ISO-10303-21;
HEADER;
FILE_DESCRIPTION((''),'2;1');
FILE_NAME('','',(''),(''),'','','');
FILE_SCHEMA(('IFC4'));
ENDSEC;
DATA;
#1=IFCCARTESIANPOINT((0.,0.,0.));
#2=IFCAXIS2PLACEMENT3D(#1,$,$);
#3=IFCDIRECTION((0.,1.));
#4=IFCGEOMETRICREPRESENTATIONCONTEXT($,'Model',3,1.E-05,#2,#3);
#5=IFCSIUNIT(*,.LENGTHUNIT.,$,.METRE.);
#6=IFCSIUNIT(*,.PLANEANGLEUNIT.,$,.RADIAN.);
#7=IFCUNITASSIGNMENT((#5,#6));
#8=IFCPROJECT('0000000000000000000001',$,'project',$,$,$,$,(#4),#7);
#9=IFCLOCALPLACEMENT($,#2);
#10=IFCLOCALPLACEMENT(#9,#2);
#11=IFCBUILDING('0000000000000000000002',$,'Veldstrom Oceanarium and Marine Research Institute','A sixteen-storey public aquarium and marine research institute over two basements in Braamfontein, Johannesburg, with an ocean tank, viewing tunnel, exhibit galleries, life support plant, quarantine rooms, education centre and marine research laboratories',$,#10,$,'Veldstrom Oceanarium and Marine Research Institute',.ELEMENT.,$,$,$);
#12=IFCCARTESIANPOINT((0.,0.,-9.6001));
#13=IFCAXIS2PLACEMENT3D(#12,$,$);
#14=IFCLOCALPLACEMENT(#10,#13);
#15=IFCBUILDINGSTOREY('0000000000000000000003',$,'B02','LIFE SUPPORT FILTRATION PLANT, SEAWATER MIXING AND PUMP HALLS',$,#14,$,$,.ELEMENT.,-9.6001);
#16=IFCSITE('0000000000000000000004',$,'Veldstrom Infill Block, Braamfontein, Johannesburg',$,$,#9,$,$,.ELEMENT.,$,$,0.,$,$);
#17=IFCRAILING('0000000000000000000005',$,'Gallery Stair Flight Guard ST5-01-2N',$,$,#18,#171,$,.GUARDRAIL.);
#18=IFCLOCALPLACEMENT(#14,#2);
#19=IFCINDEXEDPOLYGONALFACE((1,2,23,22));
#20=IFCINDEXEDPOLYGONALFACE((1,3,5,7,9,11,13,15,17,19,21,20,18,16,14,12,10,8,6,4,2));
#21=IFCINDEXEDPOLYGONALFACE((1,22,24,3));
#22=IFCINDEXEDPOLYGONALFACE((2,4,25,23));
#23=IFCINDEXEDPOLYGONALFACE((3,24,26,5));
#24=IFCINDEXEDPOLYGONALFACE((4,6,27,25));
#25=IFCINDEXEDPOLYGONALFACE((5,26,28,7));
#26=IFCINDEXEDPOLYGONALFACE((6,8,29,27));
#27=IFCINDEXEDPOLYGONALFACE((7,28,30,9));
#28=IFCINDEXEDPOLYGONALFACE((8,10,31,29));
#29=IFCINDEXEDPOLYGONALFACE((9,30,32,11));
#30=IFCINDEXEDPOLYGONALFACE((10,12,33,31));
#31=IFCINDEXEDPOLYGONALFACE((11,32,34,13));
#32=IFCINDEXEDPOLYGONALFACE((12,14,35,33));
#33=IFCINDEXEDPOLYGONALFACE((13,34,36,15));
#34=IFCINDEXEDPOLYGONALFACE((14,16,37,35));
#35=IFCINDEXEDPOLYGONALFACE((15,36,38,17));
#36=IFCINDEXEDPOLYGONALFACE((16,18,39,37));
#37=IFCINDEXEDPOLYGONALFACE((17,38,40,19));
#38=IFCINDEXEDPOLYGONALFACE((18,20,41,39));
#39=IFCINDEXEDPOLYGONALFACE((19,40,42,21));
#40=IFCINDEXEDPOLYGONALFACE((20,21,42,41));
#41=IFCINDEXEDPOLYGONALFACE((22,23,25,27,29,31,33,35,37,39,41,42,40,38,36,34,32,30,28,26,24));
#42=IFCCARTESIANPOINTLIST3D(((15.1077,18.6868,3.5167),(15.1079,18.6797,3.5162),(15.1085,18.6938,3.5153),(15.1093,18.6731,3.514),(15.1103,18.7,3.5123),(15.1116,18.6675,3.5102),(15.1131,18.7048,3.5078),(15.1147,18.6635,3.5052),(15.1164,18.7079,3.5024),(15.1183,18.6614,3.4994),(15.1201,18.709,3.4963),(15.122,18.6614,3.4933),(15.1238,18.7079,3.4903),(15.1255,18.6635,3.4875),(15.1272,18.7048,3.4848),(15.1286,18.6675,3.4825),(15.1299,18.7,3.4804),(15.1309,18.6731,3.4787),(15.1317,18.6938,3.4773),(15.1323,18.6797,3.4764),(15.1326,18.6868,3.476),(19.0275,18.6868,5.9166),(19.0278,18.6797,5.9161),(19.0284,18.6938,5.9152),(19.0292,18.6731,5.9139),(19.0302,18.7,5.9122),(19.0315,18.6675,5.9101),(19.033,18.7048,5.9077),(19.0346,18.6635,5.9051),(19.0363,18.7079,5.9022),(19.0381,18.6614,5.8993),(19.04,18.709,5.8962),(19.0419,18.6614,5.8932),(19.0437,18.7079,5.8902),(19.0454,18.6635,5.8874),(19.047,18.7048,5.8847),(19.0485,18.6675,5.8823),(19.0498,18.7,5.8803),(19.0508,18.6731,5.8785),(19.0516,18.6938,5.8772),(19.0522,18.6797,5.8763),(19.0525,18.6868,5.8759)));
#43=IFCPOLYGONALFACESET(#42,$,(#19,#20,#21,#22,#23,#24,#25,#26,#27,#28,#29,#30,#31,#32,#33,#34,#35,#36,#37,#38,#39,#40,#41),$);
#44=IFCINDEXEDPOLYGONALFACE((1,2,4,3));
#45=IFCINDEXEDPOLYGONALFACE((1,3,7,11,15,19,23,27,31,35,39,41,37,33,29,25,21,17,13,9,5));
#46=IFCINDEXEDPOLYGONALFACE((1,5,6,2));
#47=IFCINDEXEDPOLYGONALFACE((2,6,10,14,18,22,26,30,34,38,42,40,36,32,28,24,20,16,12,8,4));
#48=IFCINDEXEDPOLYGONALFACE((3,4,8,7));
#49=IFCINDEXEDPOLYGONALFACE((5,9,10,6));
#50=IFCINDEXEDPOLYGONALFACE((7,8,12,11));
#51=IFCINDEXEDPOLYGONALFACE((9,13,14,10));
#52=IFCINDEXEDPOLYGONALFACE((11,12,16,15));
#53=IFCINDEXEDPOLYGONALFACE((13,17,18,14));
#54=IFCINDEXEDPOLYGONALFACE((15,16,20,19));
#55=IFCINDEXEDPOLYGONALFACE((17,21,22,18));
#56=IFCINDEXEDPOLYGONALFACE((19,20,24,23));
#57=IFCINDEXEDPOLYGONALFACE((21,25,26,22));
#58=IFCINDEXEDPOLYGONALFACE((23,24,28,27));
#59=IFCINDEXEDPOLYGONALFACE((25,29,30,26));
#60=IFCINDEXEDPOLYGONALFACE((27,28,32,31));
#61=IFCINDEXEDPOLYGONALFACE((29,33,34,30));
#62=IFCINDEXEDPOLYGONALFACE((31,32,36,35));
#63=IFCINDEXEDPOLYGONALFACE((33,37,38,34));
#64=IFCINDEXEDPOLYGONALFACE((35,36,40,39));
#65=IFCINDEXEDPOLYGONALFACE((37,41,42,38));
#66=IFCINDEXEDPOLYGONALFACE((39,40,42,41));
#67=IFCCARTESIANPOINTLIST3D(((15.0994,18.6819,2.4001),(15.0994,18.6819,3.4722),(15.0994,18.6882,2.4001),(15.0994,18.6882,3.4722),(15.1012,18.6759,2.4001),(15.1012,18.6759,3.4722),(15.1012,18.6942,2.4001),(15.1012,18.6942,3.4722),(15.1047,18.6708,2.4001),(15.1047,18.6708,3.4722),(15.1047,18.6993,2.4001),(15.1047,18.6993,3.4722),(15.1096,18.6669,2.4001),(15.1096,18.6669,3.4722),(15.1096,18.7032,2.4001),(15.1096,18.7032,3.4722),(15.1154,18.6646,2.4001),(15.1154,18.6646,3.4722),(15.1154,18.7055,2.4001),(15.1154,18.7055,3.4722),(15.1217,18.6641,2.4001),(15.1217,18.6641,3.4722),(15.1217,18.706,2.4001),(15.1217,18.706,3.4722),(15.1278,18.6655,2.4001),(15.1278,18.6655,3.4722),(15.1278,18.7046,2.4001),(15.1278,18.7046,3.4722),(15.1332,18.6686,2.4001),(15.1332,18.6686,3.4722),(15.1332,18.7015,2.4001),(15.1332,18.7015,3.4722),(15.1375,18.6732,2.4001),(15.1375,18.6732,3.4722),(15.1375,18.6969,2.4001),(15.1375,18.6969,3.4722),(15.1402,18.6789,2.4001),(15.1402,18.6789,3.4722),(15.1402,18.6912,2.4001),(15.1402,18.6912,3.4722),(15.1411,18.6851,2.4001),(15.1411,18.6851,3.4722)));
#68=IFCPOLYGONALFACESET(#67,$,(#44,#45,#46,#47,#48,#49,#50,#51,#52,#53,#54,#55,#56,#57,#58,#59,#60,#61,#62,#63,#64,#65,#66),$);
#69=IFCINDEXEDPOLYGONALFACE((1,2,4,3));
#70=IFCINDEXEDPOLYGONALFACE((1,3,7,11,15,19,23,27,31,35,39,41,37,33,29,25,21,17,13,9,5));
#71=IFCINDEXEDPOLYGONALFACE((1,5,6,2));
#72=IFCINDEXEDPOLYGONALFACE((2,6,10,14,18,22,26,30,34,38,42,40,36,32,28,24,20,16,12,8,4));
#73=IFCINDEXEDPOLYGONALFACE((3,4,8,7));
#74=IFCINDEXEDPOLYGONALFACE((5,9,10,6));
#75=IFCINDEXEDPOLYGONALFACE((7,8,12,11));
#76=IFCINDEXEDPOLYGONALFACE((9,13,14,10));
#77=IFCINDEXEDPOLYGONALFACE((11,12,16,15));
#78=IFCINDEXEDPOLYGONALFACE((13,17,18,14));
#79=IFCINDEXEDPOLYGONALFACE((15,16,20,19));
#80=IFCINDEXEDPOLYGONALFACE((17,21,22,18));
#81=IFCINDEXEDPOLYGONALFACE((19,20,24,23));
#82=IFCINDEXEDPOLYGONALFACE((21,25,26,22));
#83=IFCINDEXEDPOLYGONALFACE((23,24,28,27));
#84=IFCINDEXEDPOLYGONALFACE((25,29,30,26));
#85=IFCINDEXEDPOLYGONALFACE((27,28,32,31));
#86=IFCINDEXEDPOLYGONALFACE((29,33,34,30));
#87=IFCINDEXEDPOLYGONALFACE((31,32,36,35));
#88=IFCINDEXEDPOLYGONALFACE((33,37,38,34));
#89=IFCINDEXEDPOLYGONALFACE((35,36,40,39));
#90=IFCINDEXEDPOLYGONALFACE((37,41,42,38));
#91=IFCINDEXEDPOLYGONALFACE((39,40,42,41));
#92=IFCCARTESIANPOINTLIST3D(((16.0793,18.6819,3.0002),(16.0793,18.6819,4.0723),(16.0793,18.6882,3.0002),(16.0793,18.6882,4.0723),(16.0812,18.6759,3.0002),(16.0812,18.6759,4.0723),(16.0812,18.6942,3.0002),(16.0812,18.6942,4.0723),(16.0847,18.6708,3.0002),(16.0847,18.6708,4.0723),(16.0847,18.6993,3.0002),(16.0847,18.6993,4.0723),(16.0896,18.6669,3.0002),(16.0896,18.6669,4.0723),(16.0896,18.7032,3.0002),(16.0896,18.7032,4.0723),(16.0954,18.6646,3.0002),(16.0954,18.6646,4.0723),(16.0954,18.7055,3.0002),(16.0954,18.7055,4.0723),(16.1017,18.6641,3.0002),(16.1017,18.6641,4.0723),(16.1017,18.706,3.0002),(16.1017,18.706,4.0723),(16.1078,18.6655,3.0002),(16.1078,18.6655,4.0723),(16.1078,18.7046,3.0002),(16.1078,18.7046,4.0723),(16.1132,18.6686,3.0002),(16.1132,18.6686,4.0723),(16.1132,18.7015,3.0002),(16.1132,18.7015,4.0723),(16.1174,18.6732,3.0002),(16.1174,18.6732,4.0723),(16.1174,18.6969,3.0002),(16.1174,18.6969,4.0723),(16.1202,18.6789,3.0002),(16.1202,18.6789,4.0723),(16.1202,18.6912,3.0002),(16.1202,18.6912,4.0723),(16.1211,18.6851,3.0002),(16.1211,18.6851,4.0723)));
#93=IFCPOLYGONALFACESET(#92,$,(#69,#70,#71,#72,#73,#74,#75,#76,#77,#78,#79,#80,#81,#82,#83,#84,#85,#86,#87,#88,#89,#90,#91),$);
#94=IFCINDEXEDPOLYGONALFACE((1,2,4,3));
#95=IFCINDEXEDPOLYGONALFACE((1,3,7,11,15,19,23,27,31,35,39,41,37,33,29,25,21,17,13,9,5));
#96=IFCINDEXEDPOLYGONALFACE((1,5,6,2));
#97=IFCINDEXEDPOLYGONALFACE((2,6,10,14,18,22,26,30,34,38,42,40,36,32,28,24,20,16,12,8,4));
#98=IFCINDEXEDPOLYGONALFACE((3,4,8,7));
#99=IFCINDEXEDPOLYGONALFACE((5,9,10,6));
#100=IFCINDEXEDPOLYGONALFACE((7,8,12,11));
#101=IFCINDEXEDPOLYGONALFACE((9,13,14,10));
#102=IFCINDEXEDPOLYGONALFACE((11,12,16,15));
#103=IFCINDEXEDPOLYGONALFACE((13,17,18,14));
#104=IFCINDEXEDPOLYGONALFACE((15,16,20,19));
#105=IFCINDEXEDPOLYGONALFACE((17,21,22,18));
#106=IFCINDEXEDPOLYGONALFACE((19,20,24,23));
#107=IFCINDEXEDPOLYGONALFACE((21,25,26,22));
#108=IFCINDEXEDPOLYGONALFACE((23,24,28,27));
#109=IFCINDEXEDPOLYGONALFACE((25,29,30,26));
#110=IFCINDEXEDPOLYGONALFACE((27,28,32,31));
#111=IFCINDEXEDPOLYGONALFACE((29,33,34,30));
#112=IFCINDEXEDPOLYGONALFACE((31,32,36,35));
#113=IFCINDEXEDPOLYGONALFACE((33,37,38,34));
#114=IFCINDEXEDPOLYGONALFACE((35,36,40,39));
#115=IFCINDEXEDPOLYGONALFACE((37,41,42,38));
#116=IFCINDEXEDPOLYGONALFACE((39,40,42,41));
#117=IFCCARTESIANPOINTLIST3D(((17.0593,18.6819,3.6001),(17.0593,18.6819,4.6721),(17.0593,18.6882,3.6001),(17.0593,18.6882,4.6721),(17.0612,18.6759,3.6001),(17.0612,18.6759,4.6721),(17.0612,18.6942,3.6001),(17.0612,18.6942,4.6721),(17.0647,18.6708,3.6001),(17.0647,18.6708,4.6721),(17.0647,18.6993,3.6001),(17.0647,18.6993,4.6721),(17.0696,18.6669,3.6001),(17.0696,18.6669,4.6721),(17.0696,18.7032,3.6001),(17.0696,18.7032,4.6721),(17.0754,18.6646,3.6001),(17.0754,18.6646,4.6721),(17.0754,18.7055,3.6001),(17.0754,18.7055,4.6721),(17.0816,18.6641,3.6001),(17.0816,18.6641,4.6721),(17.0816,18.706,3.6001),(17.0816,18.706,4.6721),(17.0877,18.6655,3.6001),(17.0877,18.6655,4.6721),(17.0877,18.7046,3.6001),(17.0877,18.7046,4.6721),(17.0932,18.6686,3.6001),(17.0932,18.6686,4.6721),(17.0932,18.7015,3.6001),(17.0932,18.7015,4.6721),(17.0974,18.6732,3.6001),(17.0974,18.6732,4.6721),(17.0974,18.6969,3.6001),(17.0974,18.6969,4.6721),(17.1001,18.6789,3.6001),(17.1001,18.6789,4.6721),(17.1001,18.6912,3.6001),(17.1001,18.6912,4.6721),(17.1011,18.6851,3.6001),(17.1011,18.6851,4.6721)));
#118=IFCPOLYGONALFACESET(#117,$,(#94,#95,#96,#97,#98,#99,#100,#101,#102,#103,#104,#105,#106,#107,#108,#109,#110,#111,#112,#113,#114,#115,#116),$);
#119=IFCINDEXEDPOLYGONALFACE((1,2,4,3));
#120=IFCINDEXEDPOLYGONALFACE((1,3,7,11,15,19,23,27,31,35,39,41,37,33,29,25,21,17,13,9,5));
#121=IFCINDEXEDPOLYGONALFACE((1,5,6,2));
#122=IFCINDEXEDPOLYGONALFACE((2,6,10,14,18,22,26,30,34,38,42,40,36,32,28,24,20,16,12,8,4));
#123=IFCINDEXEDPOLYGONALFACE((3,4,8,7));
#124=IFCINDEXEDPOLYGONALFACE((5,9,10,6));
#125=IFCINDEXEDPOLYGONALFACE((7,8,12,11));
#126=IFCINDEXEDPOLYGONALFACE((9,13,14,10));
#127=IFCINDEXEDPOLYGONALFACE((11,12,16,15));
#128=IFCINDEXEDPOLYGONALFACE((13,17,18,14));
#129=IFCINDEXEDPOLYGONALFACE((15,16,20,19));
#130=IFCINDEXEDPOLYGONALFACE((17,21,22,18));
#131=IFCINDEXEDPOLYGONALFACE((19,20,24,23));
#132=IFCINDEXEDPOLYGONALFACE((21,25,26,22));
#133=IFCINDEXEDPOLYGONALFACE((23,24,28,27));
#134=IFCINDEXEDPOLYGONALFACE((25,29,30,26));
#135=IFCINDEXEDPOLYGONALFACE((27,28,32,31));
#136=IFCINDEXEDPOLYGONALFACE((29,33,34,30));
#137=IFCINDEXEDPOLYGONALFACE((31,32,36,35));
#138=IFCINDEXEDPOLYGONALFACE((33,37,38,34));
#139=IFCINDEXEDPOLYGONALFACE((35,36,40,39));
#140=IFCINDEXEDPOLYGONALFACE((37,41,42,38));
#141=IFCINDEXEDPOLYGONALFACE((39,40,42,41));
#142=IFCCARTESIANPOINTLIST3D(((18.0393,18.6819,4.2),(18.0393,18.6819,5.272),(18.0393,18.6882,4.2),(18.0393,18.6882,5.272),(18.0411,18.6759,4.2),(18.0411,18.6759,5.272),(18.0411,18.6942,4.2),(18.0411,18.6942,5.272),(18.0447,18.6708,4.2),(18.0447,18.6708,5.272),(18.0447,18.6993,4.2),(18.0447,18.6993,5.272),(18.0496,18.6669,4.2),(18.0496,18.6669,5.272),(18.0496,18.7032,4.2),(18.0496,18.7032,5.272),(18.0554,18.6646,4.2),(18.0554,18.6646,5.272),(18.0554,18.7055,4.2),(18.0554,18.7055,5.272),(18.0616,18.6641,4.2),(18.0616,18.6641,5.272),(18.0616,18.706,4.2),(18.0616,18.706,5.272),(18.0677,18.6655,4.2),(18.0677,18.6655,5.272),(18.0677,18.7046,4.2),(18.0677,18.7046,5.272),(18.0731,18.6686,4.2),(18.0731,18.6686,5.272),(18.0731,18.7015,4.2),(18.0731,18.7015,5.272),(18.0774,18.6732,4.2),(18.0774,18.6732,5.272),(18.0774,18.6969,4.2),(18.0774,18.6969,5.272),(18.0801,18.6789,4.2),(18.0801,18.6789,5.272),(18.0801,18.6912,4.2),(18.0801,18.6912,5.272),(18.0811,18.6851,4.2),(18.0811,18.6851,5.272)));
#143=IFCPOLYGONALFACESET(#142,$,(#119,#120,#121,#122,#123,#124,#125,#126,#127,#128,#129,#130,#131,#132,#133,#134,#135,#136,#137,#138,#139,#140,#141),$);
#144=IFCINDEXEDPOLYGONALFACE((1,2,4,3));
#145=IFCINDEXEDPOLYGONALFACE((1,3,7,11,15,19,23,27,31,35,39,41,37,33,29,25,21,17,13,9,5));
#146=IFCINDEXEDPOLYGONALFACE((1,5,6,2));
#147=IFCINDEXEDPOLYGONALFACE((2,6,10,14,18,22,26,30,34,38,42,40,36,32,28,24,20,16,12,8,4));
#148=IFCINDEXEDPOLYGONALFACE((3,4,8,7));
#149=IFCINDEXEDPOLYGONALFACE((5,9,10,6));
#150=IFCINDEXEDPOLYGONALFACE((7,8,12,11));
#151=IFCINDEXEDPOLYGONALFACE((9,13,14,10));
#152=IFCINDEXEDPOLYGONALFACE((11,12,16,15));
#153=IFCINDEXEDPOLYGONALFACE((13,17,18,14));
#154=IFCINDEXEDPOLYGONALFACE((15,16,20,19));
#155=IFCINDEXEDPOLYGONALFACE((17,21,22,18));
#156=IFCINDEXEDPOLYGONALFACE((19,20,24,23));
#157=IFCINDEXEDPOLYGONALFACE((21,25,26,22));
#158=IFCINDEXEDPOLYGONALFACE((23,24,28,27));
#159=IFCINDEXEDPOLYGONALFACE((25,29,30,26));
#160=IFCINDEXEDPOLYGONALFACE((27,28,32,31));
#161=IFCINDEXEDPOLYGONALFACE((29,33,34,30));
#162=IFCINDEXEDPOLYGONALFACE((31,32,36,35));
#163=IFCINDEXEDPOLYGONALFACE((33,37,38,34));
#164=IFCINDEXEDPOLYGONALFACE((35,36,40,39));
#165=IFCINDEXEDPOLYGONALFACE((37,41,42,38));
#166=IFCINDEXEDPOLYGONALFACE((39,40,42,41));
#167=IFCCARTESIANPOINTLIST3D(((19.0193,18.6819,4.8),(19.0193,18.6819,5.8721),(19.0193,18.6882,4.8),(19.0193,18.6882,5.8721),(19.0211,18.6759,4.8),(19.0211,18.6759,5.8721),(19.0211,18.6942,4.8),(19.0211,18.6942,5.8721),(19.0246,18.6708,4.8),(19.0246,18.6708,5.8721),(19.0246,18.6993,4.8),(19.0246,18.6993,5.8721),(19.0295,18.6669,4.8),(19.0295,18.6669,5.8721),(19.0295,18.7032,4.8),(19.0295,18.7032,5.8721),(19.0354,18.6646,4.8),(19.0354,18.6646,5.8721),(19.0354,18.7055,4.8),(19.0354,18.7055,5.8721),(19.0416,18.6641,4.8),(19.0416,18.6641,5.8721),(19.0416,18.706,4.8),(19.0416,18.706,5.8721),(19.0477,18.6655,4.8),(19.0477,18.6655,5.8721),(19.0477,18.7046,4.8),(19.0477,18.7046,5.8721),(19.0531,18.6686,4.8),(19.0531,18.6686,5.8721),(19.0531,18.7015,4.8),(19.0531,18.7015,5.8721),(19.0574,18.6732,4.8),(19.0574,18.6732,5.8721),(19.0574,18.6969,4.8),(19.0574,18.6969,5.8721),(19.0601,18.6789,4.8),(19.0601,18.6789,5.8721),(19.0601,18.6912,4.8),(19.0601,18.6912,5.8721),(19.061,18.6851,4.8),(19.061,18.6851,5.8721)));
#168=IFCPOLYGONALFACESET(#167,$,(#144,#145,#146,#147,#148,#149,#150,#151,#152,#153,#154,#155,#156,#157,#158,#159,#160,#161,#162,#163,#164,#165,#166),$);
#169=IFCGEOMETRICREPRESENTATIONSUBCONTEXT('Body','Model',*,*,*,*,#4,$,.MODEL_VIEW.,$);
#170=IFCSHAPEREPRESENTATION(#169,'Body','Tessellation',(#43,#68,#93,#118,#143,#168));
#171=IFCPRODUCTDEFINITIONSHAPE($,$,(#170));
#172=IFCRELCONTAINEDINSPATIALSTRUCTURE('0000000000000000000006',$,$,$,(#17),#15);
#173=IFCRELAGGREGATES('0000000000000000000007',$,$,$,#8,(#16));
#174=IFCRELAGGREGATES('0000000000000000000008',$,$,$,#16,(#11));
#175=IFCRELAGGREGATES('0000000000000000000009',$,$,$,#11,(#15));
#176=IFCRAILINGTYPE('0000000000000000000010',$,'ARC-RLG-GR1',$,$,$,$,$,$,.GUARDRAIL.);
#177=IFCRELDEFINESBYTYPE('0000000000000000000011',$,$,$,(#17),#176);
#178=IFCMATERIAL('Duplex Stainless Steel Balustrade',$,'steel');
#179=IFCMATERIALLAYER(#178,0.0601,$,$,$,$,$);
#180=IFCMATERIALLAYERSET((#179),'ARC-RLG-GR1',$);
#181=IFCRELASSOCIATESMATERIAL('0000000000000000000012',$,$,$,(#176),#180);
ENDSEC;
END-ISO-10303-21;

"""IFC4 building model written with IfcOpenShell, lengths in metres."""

from ifc_helpers import new_model, si_unit, direction, frame, origin, origin_2d, place, context, subcontext, project, spatial, circle, extrude, material, layer, layer_set, type_object, element, save


model = new_model("IFC4")

# Units and contexts
model_context = context("Model", 3, precision=1e-05, world=origin(), true_north=direction((0.0, 1.0)))
body_context = subcontext(model_context, "Body", "Model", "MODEL_VIEW")
ifc_project = project(units=[si_unit("LENGTHUNIT", "METRE"), si_unit("PLANEANGLEUNIT", "RADIAN")], contexts=[model_context])

# Site, building, storey
site_placement = place(None, origin())
site = spatial("IfcSite", under=ifc_project, at=site_placement, Name="Veldstrom Infill Block, Braamfontein, Johannesburg", CompositionType="ELEMENT", RefElevation=0.0)
building_placement = place(site_placement, origin())
building = spatial("IfcBuilding", under=site, at=building_placement, Name="Veldstrom Oceanarium and Marine Research Institute", Description="A sixteen-storey public aquarium and marine research institute over two basements in Braamfontein, Johannesburg, with an ocean tank, viewing tunnel, exhibit galleries, life support plant, quarantine rooms, education centre and marine research laboratories", LongName="Veldstrom Oceanarium and Marine Research Institute", CompositionType="ELEMENT")
storey_placement = place(building_placement, frame((0.0, 0.0, -9.6001)))
storey = spatial("IfcBuildingStorey", under=building, at=storey_placement, Name="B02", Description="LIFE SUPPORT FILTRATION PLANT, SEAWATER MIXING AND PUMP HALLS", CompositionType="ELEMENT", Elevation=-9.6001)

# Railing
ifc_material_1 = material(Name="Duplex Stainless Steel Balustrade", Category="steel")
ifc_layer_1 = layer(ifc_material_1, 0.0601)
ifc_layer_set_1 = layer_set([ifc_layer_1], Name="ARC-RLG-GR1")
railing_type = type_object("IfcRailingType", Name="ARC-RLG-GR1", PredefinedType="GUARDRAIL", material=ifc_layer_set_1)
for number, where, name in (
    (1, (15.1201, 18.6851, 2.4001), "Gallery Stair Flight Guard ST5-01-2N"),
):
    element("IfcRailing", number, at=place(storey_placement, frame(where)), inside=storey, type_object=railing_type, Name=name, PredefinedType="GUARDRAIL", context=body_context, shape_type="SweptSolid", body=[
        extrude(circle(Radius=0.0239, at=origin_2d()), frame((0.0, 0.0, 1.0962), z_axis=(0.852856, 0.0, 0.522146), x_axis=(0.0, 1.0, 0.0)), (0.0, 0.0, 1.0), 4.5962),
        extrude(circle(Radius=0.021, at=origin_2d()), origin(), (0.0, 0.0, 1.0), 1.072),
        extrude(circle(Radius=0.021, at=origin_2d()), frame((0.98, 0.0, 0.6001)), (0.0, 0.0, 1.0), 1.072),
        extrude(circle(Radius=0.021, at=origin_2d()), frame((1.96, 0.0, 1.2)), (0.0, 0.0, 1.0), 1.072),
        extrude(circle(Radius=0.021, at=origin_2d()), frame((2.9399, 0.0, 1.7998)), (0.0, 0.0, 1.0), 1.072),
        extrude(circle(Radius=0.021, at=origin_2d()), frame((3.9199, 0.0, 2.3999)), (0.0, 0.0, 1.0), 1.072),
    ])

save(model, "model.ifc")
